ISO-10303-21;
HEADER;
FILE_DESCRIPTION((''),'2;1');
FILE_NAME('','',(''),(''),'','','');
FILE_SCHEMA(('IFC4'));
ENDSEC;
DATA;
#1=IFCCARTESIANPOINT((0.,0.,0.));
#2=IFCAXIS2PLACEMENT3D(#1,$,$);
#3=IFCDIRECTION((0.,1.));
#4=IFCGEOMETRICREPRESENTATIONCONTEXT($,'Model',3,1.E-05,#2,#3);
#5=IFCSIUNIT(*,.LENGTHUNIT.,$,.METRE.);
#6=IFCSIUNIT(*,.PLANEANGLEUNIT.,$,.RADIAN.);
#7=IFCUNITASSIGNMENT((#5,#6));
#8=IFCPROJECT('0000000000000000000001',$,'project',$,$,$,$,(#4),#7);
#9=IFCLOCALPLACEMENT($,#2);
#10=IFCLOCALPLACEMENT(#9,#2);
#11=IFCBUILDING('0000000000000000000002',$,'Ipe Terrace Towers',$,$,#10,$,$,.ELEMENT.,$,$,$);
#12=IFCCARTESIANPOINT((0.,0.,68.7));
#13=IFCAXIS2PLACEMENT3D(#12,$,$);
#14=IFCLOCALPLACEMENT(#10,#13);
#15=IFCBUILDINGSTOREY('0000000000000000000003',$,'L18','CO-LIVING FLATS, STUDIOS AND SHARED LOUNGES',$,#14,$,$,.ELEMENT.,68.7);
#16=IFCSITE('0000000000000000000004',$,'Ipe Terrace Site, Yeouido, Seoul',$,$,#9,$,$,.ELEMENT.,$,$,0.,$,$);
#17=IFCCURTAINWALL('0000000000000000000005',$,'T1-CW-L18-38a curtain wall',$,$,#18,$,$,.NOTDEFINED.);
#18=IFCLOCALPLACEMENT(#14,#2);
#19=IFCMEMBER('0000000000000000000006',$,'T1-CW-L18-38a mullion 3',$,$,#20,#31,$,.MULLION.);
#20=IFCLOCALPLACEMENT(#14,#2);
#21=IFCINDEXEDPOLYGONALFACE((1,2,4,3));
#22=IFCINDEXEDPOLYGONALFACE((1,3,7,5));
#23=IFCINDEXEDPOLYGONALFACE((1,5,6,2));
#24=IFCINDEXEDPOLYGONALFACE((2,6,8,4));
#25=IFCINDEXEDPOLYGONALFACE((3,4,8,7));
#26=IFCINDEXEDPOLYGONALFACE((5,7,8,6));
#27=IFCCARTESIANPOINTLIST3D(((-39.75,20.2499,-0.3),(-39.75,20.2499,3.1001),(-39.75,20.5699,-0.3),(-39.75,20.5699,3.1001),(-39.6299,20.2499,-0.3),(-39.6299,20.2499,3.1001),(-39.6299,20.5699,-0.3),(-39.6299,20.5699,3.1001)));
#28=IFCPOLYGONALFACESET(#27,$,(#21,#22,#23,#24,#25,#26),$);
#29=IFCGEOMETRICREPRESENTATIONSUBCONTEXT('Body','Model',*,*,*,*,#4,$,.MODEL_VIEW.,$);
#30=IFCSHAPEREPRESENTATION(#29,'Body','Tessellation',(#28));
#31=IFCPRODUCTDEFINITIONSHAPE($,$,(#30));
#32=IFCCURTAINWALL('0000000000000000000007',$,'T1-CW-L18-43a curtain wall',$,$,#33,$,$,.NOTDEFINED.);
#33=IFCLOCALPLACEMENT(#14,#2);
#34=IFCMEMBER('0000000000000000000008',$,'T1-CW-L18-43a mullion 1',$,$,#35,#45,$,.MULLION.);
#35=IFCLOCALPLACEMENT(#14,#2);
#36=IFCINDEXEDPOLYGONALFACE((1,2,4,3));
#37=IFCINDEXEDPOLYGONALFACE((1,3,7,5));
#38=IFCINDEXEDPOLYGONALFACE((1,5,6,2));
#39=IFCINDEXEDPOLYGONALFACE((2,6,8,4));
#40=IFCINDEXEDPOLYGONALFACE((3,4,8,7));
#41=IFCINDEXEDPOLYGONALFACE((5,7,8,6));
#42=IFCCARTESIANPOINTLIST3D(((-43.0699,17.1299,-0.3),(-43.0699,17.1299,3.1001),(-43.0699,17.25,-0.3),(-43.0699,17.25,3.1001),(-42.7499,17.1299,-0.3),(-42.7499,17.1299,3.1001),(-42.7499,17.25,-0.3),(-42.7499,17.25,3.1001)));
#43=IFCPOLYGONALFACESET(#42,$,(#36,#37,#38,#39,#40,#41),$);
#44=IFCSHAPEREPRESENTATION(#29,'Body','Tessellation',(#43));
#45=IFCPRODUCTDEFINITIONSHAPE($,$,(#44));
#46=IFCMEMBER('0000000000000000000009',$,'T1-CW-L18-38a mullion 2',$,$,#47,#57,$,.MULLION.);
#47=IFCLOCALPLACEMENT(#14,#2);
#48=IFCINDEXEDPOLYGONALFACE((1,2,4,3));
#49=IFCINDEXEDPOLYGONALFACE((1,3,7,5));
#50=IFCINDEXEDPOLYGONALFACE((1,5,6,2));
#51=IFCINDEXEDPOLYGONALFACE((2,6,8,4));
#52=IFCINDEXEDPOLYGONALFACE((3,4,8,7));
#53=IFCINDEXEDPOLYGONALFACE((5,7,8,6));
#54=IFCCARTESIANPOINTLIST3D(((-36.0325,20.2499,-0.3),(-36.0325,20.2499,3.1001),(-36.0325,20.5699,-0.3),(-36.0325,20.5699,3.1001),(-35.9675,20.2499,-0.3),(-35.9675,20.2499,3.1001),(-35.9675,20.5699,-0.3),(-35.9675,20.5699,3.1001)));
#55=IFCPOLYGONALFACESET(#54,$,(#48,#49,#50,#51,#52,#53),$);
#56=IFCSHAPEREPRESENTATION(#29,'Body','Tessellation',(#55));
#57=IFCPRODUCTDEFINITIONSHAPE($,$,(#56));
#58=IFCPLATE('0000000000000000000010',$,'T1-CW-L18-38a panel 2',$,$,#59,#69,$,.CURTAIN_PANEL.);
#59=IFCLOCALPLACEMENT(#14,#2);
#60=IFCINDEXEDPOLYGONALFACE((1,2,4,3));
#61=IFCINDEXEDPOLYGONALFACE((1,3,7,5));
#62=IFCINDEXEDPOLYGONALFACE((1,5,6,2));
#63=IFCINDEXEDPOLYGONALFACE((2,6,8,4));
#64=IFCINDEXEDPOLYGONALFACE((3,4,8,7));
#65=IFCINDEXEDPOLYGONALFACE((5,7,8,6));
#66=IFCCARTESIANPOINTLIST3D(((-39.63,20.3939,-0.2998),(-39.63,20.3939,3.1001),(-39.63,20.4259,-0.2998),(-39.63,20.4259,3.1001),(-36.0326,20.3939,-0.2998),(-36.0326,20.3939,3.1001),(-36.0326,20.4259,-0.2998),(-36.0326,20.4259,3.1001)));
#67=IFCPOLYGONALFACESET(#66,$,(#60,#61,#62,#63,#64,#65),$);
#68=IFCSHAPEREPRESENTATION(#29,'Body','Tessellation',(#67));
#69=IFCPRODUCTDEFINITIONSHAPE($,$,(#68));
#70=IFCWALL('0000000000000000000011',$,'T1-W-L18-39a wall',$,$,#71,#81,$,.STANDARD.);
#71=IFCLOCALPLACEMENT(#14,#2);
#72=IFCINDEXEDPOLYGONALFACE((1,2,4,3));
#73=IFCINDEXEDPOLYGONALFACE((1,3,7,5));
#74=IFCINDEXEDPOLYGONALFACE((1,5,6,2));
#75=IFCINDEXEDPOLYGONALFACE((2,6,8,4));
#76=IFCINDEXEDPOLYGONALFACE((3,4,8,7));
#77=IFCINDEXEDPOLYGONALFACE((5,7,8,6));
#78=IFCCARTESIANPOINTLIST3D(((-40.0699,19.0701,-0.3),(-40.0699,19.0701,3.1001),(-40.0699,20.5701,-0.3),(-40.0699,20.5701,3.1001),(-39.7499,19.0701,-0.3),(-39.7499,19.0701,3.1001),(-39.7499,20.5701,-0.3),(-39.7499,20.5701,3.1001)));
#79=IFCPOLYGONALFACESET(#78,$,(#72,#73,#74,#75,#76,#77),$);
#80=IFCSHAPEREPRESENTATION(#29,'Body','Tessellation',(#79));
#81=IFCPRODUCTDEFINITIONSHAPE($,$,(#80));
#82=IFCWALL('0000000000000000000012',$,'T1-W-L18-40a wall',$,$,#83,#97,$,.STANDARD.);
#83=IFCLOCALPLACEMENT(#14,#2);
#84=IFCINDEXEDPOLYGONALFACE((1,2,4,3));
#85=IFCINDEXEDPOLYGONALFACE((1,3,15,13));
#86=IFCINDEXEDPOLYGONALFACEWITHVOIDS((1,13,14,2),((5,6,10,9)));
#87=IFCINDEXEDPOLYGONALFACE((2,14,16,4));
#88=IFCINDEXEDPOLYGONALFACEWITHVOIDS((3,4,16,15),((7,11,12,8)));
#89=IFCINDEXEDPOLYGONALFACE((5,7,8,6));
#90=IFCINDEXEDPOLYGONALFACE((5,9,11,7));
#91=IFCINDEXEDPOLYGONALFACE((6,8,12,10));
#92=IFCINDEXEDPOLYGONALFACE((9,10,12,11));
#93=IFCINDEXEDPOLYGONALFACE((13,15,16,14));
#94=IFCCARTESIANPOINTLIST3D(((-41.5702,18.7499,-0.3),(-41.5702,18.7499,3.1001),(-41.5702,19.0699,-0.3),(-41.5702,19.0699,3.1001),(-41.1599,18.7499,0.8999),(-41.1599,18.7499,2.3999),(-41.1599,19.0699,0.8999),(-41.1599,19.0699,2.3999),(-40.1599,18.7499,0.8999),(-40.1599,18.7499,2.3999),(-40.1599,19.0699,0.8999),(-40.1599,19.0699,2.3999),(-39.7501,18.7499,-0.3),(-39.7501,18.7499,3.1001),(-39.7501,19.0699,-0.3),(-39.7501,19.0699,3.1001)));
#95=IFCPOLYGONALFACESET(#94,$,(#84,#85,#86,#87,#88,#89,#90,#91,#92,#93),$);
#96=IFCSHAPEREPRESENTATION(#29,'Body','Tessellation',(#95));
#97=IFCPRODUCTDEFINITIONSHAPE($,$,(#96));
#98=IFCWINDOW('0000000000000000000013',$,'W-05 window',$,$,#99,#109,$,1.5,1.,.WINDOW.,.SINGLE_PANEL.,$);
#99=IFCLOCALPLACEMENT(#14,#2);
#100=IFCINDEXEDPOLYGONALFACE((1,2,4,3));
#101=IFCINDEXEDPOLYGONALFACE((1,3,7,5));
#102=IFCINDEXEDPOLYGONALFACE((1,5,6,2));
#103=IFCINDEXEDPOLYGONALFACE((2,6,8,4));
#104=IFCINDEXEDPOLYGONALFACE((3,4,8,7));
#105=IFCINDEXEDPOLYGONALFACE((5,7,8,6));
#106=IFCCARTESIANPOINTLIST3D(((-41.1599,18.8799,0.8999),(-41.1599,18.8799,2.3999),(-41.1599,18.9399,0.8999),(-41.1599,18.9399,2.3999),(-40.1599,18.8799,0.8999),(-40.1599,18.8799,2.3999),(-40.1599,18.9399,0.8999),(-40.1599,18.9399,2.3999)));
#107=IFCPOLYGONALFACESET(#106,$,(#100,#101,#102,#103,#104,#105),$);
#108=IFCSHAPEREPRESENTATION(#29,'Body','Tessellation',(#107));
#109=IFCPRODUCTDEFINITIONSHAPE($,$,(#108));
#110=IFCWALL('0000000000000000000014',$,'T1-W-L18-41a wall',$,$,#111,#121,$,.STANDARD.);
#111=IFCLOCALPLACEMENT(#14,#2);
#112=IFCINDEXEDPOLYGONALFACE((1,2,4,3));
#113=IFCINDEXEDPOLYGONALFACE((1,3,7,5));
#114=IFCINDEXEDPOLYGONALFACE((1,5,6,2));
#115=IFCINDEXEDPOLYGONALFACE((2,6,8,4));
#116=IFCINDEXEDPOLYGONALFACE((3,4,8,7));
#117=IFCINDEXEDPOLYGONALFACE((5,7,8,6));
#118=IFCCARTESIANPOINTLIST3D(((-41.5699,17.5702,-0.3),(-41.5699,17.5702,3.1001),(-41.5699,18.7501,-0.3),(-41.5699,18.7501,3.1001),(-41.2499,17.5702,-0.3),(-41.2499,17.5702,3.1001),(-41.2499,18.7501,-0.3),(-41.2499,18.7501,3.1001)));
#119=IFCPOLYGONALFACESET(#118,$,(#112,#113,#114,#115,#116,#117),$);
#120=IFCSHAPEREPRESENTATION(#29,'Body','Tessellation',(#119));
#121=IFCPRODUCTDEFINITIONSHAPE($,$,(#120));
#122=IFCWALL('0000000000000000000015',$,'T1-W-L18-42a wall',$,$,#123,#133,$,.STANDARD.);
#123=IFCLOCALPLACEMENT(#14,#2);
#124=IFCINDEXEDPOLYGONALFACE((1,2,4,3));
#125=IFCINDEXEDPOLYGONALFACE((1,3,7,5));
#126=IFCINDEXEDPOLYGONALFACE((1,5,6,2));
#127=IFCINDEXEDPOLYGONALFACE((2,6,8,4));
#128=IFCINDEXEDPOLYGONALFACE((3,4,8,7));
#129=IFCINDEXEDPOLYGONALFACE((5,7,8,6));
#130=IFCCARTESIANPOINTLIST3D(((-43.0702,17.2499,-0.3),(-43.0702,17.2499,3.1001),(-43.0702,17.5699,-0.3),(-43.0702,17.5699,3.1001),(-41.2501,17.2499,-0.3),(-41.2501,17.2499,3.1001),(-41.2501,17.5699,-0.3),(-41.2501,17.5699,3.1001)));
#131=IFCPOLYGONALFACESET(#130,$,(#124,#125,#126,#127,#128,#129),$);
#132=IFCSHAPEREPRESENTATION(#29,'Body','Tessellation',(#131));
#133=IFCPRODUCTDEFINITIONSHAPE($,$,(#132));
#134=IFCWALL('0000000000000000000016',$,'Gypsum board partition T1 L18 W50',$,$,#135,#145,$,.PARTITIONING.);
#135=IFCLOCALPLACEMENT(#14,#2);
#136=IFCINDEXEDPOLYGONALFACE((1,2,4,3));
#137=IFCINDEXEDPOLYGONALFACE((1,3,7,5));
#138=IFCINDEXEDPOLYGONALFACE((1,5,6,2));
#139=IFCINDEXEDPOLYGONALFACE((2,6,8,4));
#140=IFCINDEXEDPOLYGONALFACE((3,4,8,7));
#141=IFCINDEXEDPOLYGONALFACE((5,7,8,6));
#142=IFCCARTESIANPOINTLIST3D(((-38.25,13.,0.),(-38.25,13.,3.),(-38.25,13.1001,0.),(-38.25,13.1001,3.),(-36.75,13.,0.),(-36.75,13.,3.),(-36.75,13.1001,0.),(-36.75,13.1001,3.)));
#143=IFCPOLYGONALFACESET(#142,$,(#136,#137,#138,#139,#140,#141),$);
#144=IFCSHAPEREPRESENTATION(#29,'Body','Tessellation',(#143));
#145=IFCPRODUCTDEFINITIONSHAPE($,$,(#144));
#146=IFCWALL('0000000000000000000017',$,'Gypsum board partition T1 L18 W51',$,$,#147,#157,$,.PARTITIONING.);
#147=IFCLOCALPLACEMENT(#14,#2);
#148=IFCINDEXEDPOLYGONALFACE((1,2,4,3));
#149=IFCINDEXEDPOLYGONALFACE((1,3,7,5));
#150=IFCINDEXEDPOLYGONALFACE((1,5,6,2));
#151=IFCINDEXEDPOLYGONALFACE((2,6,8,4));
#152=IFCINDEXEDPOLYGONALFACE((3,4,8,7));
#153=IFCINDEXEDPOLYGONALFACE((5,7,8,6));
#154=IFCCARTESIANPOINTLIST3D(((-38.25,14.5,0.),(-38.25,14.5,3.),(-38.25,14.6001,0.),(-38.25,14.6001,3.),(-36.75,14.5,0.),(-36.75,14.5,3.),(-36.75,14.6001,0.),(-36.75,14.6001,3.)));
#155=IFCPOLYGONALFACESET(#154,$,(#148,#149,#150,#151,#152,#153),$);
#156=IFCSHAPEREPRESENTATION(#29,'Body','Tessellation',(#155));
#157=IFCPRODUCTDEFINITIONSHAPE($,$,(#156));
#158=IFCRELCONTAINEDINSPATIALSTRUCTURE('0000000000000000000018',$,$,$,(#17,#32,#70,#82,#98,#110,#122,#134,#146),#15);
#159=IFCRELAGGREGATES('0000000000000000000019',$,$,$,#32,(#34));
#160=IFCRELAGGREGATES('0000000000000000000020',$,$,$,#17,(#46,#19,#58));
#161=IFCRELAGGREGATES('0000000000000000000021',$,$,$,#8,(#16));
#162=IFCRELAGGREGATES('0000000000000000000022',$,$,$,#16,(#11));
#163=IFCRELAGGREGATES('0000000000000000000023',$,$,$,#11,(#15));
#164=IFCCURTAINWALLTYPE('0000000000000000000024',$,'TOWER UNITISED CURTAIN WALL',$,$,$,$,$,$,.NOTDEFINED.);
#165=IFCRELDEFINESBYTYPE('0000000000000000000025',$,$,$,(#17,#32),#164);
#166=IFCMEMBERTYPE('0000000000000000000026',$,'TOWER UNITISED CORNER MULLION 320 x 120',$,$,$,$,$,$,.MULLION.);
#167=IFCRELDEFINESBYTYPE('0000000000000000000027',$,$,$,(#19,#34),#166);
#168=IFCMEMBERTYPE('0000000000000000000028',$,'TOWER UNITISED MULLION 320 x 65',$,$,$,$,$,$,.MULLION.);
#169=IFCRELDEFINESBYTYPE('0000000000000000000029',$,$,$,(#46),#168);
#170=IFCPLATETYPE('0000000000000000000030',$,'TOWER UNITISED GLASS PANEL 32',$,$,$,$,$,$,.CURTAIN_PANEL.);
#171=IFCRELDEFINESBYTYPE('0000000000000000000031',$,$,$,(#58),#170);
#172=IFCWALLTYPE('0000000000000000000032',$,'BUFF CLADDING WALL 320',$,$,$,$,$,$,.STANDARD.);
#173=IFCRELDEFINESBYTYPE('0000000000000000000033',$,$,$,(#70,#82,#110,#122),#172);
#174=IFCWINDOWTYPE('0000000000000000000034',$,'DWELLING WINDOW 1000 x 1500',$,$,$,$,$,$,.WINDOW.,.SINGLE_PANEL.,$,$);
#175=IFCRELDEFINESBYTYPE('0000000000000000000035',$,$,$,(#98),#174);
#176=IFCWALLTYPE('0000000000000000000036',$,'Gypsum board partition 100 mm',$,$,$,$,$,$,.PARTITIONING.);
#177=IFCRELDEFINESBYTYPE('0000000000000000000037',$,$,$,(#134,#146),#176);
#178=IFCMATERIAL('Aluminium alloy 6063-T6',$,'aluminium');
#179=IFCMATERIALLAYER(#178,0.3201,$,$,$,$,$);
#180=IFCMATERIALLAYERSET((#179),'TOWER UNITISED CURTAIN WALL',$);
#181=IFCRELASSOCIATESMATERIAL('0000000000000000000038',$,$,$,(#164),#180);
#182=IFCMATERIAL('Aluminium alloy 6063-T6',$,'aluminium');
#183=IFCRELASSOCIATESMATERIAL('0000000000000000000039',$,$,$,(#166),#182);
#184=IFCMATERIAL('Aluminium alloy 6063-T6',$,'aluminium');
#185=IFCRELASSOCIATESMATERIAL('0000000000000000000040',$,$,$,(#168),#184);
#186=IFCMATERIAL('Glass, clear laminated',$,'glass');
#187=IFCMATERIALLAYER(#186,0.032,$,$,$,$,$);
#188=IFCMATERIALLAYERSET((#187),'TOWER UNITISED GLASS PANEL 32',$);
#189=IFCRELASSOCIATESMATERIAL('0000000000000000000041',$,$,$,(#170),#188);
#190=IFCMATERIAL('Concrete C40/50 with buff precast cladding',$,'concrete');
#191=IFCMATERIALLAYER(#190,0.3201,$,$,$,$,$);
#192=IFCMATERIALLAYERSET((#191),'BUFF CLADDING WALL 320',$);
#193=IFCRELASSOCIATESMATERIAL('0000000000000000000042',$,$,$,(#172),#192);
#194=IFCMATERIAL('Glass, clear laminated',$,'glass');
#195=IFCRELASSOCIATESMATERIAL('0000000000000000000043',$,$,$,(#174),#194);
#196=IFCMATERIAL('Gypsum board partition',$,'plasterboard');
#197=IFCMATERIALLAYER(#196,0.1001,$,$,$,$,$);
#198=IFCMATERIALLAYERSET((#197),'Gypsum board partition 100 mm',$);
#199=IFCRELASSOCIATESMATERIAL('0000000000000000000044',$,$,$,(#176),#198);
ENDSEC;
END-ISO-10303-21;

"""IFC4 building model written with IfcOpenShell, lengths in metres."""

from ifc_helpers import new_model, si_unit, direction, frame, frame_2d, origin, origin_2d, place, context, subcontext, project, spatial, rectangle, extrude, material, layer, layer_set, material_profile, profile_set, type_object, element, fill, aggregate, save


model = new_model("IFC4")

# Units and contexts
model_context = context("Model", 3, precision=1e-05, world=origin(), true_north=direction((0.0, 1.0)))
body_context = subcontext(model_context, "Body", "Model", "MODEL_VIEW")
ifc_project = project(units=[si_unit("LENGTHUNIT", "METRE"), si_unit("PLANEANGLEUNIT", "RADIAN")], contexts=[model_context])

# Site, building, storey
site_placement = place(None, origin())
site = spatial("IfcSite", under=ifc_project, at=site_placement, Name="Ipe Terrace Site, Yeouido, Seoul", CompositionType="ELEMENT", RefElevation=0.0)
building_placement = place(site_placement, origin())
building = spatial("IfcBuilding", under=site, at=building_placement, Name="Ipe Terrace Towers", CompositionType="ELEMENT")
storey_placement = place(building_placement, frame((0.0, 0.0, 68.7)))
storey = spatial("IfcBuildingStorey", under=building, at=storey_placement, Name="L18", Description="CO-LIVING FLATS, STUDIOS AND SHARED LOUNGES", CompositionType="ELEMENT", Elevation=68.7)

# Curtain walls, members
ifc_material_1 = material(Name="Aluminium alloy 6063-T6", Category="aluminium")
ifc_layer_1 = layer(ifc_material_1, 0.3201)
ifc_layer_set_1 = layer_set([ifc_layer_1], Name="TOWER UNITISED CURTAIN WALL")
curtain_wall_type = type_object("IfcCurtainWallType", Name="TOWER UNITISED CURTAIN WALL", PredefinedType="NOTDEFINED", material=ifc_layer_set_1)
curtain_wall_1_placement = place(storey_placement, origin())
curtain_wall_1 = element("IfcCurtainWall", 1, at=curtain_wall_1_placement, inside=storey, type_object=curtain_wall_type, Name="T1-CW-L18-38a curtain wall", PredefinedType="NOTDEFINED")
ifc_material_2 = material(Name="Aluminium alloy 6063-T6", Category="aluminium")
ifc_material_profile_1 = material_profile(ifc_material_2, rectangle(XDim=0.3201, YDim=0.1201, at=origin_2d()), Name="TOWER UNITISED CORNER MULLION 320 x 120")
ifc_profile_set_1 = profile_set([ifc_material_profile_1], Name="Aluminium alloy 6063-T6")
member_type_1 = type_object("IfcMemberType", Name="TOWER UNITISED CORNER MULLION 320 x 120", PredefinedType="MULLION", material=ifc_profile_set_1)
member_1_placement = place(storey_placement, frame((-39.6899, 20.4099, -0.3), z_axis=(0.0, 0.0, 1.0), x_axis=(0.0, 1.0, 0.0)))
member_1 = element("IfcMember", 2, at=member_1_placement, type_object=member_type_1, Name="T1-CW-L18-38a mullion 3", PredefinedType="MULLION", context=body_context, shape_type="SweptSolid", body=[
    extrude(rectangle(XDim=0.3201, YDim=0.1201, at=origin_2d()), origin(), (0.0, 0.0, 1.0), 3.4001),
])
curtain_wall_2_placement = place(storey_placement, origin())
curtain_wall_2 = element("IfcCurtainWall", 3, at=curtain_wall_2_placement, inside=storey, type_object=curtain_wall_type, Name="T1-CW-L18-43a curtain wall", PredefinedType="NOTDEFINED")
member_2_placement = place(storey_placement, frame((-42.9099, 17.1899, -0.3), z_axis=(0.0, 0.0, 1.0), x_axis=(-1.0, 0.0, 0.0)))
member_2 = element("IfcMember", 4, at=member_2_placement, type_object=member_type_1, Name="T1-CW-L18-43a mullion 1", PredefinedType="MULLION", context=body_context, shape_type="SweptSolid", body=[
    extrude(rectangle(XDim=0.3201, YDim=0.1201, at=origin_2d()), origin(), (0.0, 0.0, 1.0), 3.4001),
])
aggregate(curtain_wall_2, [member_2])

# Member
ifc_material_3 = material(Name="Aluminium alloy 6063-T6", Category="aluminium")
ifc_material_profile_2 = material_profile(ifc_material_3, rectangle(XDim=0.3201, YDim=0.0649, at=origin_2d()), Name="TOWER UNITISED MULLION 320 x 65")
ifc_profile_set_2 = profile_set([ifc_material_profile_2], Name="Aluminium alloy 6063-T6")
member_type_2 = type_object("IfcMemberType", Name="TOWER UNITISED MULLION 320 x 65", PredefinedType="MULLION", material=ifc_profile_set_2)
member_3_placement = place(storey_placement, frame((-36.0, 20.4099, -0.3), z_axis=(0.0, 0.0, 1.0), x_axis=(0.0, 1.0, 0.0)))
member_3 = element("IfcMember", 5, at=member_3_placement, type_object=member_type_2, Name="T1-CW-L18-38a mullion 2", PredefinedType="MULLION", context=body_context, shape_type="SweptSolid", body=[
    extrude(rectangle(XDim=0.3201, YDim=0.0649, at=origin_2d()), origin(), (0.0, 0.0, 1.0), 3.4001),
])

# Plate
ifc_material_4 = material(Name="Glass, clear laminated", Category="glass")
ifc_layer_2 = layer(ifc_material_4, 0.032)
ifc_layer_set_2 = layer_set([ifc_layer_2], Name="TOWER UNITISED GLASS PANEL 32")
plate_type = type_object("IfcPlateType", Name="TOWER UNITISED GLASS PANEL 32", PredefinedType="CURTAIN_PANEL", material=ifc_layer_set_2)
plate_placement = place(storey_placement, frame((-37.8313, 20.4099, -0.2998), z_axis=(0.0, 0.0, 1.0), x_axis=(-1.0, 0.0, 0.0)))
plate = element("IfcPlate", 6, at=plate_placement, type_object=plate_type, Name="T1-CW-L18-38a panel 2", PredefinedType="CURTAIN_PANEL", context=body_context, shape_type="SweptSolid", body=[
    extrude(rectangle(XDim=3.5974, YDim=0.032, at=origin_2d()), origin(), (0.0, 0.0, 1.0), 3.3999),
])
aggregate(curtain_wall_1, [member_3, member_1, plate])

# Wall
ifc_material_5 = material(Name="Concrete C40/50 with buff precast cladding", Category="concrete")
ifc_layer_3 = layer(ifc_material_5, 0.3201)
ifc_layer_set_3 = layer_set([ifc_layer_3], Name="BUFF CLADDING WALL 320")
wall_type_1 = type_object("IfcWallType", Name="BUFF CLADDING WALL 320", PredefinedType="STANDARD", material=ifc_layer_set_3)
wall_1_placement = place(storey_placement, frame((-39.9099, 20.5701, -0.3), z_axis=(0.0, 0.0, 1.0), x_axis=(0.0, -1.0, 0.0)))
element("IfcWall", 7, at=wall_1_placement, inside=storey, type_object=wall_type_1, Name="T1-W-L18-39a wall", PredefinedType="STANDARD", context=body_context, shape_type="SweptSolid", body=[
    extrude(rectangle(XDim=1.5, YDim=0.3201, at=frame_2d((0.75, 0.0))), origin(), (0.0, 0.0, 1.0), 3.4001),
])

# Wall, opening, window
wall_2_placement = place(storey_placement, frame((-39.75, 18.9099, -0.3), z_axis=(0.0, 0.0, 1.0), x_axis=(-1.0, 0.0, 0.0)))
wall_2 = element("IfcWall", 8, at=wall_2_placement, inside=storey, type_object=wall_type_1, Name="T1-W-L18-40a wall", PredefinedType="STANDARD", context=body_context, shape_type="SweptSolid", body=[
    extrude(rectangle(XDim=1.8201, YDim=0.3201, at=frame_2d((0.9102, 0.0))), origin(), (0.0, 0.0, 1.0), 3.4001),
])
opening_1_placement = place(wall_2_placement, frame((0.4099, 0.0, 1.2)))
opening_1 = element("IfcOpeningElement", 9, at=opening_1_placement, cuts=wall_2, PredefinedType="OPENING", context=body_context, shape_type="SweptSolid", body=[
    extrude(rectangle(XDim=1.0, YDim=1.5, at=frame_2d((0.5, 0.75))), frame((0.0, 0.1699, 0.0), z_axis=(0.0, -1.0, 0.0), x_axis=(1.0, 0.0, 0.0)), (0.0, 0.0, 1.0), 0.3401),
])
ifc_material_6 = material(Name="Glass, clear laminated", Category="glass")
window_type = type_object("IfcWindowType", Name="DWELLING WINDOW 1000 x 1500", PartitioningType="SINGLE_PANEL", PredefinedType="WINDOW", material=ifc_material_6)
window_placement = place(opening_1_placement, origin())
window = element("IfcWindow", 10, at=window_placement, inside=storey, type_object=window_type, Name="W-05 window", OverallHeight=1.5, OverallWidth=1.0, PartitioningType="SINGLE_PANEL", PredefinedType="WINDOW", context=body_context, shape_type="SweptSolid", body=[
    extrude(rectangle(XDim=1.0, YDim=1.5, at=frame_2d((0.5, 0.75))), frame((0.0, 0.03, 0.0), z_axis=(0.0, -1.0, 0.0), x_axis=(1.0, 0.0, 0.0)), (0.0, 0.0, 1.0), 0.0601),
])
fill(opening_1, window)

# Walls
wall_3_placement = place(storey_placement, frame((-41.4099, 18.75, -0.3), z_axis=(0.0, 0.0, 1.0), x_axis=(0.0, -1.0, 0.0)))
element("IfcWall", 11, at=wall_3_placement, inside=storey, type_object=wall_type_1, Name="T1-W-L18-41a wall", PredefinedType="STANDARD", context=body_context, shape_type="SweptSolid", body=[
    extrude(rectangle(XDim=1.1799, YDim=0.3201, at=frame_2d((0.5898, 0.0))), origin(), (0.0, 0.0, 1.0), 3.4001),
])
wall_4_placement = place(storey_placement, frame((-41.25, 17.4099, -0.3), z_axis=(0.0, 0.0, 1.0), x_axis=(-1.0, 0.0, 0.0)))
element("IfcWall", 12, at=wall_4_placement, inside=storey, type_object=wall_type_1, Name="T1-W-L18-42a wall", PredefinedType="STANDARD", context=body_context, shape_type="SweptSolid", body=[
    extrude(rectangle(XDim=1.8201, YDim=0.3201, at=frame_2d((0.9102, 0.0))), origin(), (0.0, 0.0, 1.0), 3.4001),
])
ifc_material_7 = material(Name="Gypsum board partition", Category="plasterboard")
ifc_layer_4 = layer(ifc_material_7, 0.1001)
ifc_layer_set_4 = layer_set([ifc_layer_4], Name="Gypsum board partition 100 mm")
wall_type_2 = type_object("IfcWallType", Name="Gypsum board partition 100 mm", PredefinedType="PARTITIONING", material=ifc_layer_set_4)
for number, where, z_axis, x_axis, name in (
    (13, (-38.25, 13.05, 0.0), (0.0, 0.0, 1.0), (1.0, 0.0, 0.0), "Gypsum board partition T1 L18 W50"),
    (14, (-38.25, 14.55, 0.0), (0.0, 0.0, 1.0), (1.0, 0.0, 0.0), "Gypsum board partition T1 L18 W51"),
):
    element("IfcWall", number, at=place(storey_placement, frame(where, z_axis=z_axis, x_axis=x_axis)), inside=storey, type_object=wall_type_2, Name=name, PredefinedType="PARTITIONING", context=body_context, shape_type="SweptSolid", body=[
        extrude(rectangle(XDim=1.5, YDim=0.1001, at=frame_2d((0.75, 0.0))), origin(), (0.0, 0.0, 1.0), 3.0),
    ])

save(model, "model.ifc")
